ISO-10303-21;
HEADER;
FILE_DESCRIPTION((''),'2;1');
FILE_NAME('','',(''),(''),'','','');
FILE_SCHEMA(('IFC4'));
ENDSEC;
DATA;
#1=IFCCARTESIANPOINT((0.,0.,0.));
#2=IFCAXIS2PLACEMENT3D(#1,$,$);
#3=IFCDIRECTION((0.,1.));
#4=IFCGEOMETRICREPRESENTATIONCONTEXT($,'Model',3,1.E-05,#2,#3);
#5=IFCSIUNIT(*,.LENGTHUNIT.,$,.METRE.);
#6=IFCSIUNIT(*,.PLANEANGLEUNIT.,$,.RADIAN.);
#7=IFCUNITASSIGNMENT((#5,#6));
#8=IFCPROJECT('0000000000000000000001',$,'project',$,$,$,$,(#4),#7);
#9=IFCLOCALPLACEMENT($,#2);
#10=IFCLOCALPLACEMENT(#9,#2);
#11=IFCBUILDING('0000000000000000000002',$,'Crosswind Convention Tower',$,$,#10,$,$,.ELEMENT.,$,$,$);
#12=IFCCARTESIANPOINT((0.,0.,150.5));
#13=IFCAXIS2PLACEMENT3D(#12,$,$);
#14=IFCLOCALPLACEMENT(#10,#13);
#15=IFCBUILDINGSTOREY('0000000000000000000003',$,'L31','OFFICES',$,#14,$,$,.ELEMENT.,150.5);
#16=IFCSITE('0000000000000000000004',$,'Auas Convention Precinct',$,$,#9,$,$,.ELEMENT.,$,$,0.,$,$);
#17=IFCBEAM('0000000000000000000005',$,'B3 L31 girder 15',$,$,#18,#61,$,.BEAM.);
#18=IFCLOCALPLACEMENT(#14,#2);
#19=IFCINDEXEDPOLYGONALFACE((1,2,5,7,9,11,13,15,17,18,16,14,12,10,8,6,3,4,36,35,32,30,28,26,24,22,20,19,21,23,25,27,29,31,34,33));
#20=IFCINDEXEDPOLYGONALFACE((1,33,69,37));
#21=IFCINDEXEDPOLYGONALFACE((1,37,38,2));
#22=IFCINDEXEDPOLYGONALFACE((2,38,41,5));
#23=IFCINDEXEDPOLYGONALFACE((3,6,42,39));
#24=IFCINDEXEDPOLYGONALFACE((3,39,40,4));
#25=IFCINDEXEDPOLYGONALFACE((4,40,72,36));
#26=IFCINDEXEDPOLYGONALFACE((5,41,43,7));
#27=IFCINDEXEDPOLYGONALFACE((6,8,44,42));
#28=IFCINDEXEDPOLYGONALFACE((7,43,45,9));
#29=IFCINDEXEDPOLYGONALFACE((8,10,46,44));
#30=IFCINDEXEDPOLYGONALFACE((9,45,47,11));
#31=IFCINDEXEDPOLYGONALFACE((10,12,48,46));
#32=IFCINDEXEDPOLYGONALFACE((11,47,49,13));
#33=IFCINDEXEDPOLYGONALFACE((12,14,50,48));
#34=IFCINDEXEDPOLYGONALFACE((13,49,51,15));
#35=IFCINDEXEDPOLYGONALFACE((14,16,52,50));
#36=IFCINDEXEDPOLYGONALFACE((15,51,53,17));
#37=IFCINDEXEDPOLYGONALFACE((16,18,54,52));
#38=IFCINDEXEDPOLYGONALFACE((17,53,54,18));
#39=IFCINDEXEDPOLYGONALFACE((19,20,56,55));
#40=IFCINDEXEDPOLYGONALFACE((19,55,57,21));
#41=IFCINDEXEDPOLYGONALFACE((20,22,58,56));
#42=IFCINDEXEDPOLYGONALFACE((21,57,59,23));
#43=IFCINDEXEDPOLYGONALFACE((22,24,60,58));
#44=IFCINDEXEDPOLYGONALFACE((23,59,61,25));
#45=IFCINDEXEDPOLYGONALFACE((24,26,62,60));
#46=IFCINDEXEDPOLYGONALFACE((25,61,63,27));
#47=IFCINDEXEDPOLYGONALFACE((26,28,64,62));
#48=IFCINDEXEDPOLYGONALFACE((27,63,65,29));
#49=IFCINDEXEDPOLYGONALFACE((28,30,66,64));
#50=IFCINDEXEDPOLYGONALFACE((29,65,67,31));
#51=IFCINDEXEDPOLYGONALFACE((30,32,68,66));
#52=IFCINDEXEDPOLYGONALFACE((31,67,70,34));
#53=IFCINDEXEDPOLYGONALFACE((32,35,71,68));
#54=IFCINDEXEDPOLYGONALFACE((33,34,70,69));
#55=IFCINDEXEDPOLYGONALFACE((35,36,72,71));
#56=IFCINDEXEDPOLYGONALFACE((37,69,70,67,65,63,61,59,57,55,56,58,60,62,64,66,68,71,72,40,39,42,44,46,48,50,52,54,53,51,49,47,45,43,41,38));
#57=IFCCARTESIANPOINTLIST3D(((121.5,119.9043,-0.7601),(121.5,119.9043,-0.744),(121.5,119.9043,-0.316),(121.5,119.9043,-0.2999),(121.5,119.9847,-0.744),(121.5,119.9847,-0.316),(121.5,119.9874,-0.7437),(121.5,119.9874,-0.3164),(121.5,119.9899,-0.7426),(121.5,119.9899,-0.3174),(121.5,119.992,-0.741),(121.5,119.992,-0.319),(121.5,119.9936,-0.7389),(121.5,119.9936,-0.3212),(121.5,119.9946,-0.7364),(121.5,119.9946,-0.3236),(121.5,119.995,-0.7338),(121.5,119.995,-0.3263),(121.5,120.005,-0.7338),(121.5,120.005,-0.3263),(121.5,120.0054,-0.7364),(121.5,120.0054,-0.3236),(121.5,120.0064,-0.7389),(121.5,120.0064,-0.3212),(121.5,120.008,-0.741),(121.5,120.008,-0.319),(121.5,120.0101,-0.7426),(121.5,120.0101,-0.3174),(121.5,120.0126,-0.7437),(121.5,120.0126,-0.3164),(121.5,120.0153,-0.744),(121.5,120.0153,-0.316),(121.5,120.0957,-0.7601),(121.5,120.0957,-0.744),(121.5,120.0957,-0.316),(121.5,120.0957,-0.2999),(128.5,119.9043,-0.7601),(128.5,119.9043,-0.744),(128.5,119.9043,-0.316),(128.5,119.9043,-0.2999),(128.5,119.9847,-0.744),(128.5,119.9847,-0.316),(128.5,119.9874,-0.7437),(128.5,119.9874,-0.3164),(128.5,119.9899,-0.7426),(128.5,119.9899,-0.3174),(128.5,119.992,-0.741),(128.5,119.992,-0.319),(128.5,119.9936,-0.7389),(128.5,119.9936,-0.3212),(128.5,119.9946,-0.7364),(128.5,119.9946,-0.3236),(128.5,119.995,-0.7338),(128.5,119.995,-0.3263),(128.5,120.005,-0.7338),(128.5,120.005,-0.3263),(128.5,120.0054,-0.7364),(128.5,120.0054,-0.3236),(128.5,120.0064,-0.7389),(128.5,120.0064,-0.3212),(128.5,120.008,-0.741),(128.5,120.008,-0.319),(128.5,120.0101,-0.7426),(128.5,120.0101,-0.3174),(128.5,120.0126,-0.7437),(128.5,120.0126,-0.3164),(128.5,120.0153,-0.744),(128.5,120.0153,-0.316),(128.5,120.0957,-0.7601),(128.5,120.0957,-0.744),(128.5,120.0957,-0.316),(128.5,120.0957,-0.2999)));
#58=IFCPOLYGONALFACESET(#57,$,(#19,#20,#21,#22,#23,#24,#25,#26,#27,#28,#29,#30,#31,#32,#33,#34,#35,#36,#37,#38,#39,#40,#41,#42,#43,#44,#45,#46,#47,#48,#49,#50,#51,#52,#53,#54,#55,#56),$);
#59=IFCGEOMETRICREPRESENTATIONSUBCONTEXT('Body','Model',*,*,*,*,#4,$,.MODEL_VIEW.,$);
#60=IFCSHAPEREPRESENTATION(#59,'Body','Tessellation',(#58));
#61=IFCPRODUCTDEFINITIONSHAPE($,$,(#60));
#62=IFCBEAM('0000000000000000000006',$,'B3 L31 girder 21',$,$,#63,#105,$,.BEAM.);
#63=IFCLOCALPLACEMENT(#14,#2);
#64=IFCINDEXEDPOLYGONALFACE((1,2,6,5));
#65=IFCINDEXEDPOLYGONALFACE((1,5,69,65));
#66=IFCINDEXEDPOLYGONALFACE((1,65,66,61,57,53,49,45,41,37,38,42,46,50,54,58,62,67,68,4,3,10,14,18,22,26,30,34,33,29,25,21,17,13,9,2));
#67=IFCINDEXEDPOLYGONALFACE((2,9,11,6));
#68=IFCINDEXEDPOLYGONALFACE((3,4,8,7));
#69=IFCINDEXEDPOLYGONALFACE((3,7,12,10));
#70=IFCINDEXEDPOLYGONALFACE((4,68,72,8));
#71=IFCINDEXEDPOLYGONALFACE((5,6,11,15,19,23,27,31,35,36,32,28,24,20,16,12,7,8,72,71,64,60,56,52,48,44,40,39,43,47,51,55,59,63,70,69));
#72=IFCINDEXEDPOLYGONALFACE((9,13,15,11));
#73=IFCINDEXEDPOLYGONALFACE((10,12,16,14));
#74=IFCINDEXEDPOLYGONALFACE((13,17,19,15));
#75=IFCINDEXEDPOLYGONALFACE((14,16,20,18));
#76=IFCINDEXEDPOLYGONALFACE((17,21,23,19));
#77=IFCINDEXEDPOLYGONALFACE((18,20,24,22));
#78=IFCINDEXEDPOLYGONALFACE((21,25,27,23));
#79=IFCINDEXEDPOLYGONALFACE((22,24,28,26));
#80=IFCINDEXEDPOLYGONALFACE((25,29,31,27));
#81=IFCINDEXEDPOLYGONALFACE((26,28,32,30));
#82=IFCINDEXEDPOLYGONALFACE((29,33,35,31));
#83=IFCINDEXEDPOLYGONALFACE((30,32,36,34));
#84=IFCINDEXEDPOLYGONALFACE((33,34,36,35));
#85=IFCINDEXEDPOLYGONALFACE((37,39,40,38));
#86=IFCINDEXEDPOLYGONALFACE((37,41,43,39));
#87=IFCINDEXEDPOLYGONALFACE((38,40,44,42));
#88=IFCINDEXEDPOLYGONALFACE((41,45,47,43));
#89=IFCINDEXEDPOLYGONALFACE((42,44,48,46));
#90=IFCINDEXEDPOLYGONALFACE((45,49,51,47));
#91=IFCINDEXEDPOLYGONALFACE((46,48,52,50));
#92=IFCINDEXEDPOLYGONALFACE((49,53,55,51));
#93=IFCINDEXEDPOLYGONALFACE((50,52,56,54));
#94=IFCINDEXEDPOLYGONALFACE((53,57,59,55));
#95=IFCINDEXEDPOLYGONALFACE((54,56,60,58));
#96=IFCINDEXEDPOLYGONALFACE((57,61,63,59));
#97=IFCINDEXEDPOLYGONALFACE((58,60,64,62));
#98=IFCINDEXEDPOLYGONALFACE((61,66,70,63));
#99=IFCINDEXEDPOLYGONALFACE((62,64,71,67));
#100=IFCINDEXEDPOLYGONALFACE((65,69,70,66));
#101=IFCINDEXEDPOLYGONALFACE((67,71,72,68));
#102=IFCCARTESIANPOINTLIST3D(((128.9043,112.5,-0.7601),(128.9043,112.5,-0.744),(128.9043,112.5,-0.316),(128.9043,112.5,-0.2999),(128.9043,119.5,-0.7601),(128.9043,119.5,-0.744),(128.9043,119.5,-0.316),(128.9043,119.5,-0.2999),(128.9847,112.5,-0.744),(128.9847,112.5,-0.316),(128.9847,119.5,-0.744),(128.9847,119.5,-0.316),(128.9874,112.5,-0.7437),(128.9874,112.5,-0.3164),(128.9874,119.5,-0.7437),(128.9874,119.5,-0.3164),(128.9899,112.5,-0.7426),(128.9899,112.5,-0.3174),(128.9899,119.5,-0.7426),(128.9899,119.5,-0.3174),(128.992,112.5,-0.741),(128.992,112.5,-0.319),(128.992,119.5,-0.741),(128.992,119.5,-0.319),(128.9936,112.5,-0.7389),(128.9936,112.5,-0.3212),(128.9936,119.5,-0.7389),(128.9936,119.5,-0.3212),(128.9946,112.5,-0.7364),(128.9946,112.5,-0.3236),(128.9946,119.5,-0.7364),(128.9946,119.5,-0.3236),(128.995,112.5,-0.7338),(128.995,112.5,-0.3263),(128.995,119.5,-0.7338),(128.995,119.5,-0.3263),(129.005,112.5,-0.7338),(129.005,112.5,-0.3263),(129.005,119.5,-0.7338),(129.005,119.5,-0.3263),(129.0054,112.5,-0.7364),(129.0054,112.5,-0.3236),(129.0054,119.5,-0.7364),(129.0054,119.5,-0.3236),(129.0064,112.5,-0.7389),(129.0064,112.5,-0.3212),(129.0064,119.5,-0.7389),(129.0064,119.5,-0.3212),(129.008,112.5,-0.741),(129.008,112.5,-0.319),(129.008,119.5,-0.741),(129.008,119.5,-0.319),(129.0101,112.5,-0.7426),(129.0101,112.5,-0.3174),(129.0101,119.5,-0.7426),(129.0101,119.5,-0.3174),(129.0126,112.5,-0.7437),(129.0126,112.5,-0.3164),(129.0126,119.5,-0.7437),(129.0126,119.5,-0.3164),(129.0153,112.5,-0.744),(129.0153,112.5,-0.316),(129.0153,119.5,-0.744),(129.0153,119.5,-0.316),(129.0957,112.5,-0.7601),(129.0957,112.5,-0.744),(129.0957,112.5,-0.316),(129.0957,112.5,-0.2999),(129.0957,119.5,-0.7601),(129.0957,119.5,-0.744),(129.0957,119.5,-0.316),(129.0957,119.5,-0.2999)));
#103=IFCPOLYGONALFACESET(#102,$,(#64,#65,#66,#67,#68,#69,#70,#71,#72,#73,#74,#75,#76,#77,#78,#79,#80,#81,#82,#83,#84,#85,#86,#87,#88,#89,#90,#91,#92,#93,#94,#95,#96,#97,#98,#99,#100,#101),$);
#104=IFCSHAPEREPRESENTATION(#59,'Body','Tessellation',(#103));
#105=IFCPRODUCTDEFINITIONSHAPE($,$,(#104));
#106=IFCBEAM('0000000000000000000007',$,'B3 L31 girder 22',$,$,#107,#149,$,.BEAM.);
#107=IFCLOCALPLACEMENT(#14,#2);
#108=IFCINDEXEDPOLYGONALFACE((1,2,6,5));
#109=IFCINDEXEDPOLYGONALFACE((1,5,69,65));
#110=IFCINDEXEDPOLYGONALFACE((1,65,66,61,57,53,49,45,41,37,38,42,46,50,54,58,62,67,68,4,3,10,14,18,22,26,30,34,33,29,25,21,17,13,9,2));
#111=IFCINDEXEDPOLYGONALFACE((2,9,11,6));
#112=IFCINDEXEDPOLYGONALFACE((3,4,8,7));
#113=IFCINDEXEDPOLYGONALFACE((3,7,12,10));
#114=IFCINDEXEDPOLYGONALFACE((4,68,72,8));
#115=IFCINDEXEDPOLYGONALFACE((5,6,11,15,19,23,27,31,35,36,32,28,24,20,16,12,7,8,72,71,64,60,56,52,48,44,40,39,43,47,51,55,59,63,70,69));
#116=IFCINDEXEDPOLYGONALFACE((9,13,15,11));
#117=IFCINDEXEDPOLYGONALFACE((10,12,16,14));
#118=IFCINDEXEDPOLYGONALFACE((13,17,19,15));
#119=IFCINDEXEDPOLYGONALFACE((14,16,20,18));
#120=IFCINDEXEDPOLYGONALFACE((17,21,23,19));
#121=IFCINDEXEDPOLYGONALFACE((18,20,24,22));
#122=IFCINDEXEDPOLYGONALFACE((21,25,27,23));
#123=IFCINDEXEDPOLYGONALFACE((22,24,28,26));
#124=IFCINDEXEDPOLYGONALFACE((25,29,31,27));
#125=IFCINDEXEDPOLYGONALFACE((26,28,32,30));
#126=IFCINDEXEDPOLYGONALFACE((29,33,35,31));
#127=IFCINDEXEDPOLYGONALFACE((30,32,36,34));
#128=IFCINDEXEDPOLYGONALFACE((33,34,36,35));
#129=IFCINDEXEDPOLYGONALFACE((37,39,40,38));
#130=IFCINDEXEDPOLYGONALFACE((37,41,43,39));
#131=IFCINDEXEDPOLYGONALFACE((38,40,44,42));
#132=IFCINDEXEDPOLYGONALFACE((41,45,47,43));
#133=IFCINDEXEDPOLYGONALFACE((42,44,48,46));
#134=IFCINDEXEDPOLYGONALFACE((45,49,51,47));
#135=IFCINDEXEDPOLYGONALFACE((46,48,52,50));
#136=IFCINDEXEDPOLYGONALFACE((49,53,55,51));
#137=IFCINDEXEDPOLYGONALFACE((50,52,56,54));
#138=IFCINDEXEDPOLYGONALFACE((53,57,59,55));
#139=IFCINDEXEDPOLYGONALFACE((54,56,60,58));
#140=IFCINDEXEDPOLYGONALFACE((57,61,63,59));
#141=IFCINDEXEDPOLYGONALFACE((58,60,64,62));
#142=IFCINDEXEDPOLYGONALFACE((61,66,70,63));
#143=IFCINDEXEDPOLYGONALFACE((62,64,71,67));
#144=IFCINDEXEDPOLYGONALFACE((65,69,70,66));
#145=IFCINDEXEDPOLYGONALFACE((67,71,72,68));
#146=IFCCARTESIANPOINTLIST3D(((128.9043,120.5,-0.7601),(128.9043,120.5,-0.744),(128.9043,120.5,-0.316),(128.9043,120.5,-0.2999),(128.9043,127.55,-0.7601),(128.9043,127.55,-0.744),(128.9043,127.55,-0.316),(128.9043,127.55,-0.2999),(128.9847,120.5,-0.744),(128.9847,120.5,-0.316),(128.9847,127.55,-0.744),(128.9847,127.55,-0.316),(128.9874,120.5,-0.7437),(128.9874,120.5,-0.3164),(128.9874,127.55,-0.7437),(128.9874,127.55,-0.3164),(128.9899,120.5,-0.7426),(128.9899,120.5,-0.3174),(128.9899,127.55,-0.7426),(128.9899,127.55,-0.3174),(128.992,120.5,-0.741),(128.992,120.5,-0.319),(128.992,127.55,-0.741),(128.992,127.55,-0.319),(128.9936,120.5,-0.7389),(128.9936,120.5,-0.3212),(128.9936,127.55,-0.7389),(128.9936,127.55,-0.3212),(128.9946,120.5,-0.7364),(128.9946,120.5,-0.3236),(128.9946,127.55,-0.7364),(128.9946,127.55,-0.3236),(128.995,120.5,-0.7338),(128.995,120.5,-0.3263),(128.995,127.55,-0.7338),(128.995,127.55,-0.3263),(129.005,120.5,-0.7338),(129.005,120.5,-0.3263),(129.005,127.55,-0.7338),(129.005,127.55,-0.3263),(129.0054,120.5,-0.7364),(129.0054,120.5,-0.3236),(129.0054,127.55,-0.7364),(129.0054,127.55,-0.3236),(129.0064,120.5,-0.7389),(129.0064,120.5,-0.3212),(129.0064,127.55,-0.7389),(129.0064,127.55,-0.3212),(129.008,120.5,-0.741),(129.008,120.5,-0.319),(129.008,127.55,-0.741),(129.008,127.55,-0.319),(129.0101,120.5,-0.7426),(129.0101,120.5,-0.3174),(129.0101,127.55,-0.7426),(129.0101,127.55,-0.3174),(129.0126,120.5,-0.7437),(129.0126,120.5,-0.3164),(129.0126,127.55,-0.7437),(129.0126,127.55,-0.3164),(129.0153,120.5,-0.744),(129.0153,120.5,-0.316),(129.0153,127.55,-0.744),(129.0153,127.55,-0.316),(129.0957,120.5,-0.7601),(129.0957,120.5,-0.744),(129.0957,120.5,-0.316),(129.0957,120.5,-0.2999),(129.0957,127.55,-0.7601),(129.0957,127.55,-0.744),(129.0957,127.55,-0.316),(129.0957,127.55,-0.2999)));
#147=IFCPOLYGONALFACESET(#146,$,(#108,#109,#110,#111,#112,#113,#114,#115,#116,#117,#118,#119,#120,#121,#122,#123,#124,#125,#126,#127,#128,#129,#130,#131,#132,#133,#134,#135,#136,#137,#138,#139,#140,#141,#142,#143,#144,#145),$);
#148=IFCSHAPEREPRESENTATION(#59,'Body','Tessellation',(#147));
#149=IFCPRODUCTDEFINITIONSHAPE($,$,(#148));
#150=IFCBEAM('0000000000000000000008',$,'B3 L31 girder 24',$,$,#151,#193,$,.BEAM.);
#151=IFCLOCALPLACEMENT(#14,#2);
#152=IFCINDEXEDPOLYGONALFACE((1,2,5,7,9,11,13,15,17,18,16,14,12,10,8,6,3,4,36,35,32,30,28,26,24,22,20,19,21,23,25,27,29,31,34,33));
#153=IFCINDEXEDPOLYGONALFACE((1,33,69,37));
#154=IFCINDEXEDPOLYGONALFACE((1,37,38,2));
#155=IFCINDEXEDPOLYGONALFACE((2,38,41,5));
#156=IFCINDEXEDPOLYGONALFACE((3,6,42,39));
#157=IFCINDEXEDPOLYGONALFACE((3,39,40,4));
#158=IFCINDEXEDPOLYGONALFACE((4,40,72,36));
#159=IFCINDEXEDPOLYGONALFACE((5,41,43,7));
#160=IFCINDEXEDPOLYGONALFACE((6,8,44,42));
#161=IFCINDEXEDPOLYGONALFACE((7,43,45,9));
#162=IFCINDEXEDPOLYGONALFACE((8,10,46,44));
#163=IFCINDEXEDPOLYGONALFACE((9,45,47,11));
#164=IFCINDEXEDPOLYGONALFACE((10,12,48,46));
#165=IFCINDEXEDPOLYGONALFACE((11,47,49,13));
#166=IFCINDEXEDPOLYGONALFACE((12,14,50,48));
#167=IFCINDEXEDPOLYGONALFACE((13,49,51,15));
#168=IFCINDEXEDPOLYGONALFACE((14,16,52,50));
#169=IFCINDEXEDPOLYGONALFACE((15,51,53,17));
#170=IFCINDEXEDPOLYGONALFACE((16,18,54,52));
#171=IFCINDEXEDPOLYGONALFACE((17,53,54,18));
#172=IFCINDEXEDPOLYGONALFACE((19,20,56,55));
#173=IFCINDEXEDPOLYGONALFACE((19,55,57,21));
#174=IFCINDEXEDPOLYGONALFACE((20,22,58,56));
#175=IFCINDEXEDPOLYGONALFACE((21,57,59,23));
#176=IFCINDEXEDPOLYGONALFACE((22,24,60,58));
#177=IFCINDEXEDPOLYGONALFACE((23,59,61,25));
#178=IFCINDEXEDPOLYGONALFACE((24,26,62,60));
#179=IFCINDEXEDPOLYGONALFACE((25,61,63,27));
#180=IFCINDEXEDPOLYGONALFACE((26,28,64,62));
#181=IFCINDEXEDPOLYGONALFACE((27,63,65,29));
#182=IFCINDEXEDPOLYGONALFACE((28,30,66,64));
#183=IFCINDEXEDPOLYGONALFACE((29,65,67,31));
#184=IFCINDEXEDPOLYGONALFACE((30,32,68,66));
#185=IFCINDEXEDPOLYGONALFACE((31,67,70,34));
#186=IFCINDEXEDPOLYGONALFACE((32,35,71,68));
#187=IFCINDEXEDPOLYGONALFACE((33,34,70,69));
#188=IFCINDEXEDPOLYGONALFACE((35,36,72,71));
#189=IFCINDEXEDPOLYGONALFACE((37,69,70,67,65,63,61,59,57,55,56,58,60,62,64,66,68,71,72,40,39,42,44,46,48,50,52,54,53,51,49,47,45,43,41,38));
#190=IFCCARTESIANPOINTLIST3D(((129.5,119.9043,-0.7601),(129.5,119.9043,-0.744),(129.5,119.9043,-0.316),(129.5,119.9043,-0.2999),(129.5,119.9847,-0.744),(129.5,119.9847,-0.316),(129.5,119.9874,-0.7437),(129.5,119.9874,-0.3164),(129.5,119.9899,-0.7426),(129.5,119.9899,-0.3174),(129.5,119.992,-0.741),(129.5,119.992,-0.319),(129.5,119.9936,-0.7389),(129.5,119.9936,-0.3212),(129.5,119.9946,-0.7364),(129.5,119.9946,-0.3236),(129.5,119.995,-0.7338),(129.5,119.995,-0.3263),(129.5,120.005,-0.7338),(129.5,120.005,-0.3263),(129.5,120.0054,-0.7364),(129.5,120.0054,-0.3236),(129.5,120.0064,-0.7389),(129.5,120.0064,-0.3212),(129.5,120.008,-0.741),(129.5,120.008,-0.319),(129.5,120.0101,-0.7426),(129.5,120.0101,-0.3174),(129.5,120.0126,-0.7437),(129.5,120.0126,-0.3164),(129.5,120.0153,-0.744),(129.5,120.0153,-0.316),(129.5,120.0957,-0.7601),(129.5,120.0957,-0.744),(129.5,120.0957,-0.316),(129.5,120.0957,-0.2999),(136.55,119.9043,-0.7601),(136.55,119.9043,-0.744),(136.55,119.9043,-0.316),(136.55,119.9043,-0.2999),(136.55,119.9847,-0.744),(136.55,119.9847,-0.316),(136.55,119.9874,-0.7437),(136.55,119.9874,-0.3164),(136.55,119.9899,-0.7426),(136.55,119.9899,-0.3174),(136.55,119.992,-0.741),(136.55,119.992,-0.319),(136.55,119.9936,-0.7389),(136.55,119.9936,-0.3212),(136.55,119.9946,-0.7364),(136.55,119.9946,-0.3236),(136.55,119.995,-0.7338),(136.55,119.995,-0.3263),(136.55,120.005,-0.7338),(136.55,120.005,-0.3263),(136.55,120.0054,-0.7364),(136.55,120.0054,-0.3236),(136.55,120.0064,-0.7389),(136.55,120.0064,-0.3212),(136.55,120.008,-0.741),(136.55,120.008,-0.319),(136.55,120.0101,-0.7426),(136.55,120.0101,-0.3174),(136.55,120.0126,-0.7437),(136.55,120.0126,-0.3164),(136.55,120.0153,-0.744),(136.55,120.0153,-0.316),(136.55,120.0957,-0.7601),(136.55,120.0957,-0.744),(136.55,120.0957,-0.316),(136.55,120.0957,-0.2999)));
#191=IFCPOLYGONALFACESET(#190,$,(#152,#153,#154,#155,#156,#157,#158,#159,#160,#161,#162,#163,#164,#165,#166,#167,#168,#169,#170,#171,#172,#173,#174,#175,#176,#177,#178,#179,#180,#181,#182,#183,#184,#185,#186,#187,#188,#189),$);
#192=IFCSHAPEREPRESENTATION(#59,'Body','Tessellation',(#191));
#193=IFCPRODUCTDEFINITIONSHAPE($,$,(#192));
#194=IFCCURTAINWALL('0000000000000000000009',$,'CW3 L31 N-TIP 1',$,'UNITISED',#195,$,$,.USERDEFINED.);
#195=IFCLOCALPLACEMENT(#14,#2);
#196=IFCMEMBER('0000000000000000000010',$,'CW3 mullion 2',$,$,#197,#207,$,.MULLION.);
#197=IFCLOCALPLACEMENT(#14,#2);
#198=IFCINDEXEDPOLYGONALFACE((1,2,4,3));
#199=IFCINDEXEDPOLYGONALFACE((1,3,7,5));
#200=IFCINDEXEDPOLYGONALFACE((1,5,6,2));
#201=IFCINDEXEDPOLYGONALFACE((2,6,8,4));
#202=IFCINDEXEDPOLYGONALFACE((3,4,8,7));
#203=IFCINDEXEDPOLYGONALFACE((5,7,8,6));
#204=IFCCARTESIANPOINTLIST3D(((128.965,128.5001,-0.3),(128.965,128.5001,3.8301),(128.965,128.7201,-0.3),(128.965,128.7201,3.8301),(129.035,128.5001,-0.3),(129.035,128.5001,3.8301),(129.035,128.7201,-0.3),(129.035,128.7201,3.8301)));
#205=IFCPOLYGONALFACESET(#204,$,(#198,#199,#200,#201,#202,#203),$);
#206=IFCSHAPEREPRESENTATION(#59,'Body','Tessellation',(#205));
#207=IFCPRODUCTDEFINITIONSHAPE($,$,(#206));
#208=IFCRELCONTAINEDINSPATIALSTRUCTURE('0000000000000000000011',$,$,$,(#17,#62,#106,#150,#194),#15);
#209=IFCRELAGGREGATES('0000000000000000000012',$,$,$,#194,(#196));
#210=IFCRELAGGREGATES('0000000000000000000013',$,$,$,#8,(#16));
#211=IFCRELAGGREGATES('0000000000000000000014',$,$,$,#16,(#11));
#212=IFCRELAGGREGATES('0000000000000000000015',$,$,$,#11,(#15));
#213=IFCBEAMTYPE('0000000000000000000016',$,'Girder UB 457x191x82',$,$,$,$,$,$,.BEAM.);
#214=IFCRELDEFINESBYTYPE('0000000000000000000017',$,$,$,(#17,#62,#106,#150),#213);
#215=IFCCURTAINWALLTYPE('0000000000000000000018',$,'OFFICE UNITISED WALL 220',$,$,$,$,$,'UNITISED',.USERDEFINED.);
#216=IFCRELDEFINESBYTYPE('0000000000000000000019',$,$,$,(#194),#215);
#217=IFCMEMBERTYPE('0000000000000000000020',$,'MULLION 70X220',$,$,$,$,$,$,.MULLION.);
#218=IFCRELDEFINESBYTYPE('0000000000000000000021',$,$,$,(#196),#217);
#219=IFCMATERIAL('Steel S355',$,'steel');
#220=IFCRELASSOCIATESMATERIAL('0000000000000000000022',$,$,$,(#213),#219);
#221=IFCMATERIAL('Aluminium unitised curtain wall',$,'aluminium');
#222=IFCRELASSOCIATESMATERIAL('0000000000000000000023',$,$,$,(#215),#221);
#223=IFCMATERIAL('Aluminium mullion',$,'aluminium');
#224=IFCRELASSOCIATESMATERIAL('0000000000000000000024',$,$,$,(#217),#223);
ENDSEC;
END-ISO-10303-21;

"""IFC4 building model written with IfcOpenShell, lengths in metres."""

from ifc_helpers import new_model, si_unit, direction, frame, origin, origin_2d, place, context, subcontext, project, spatial, rectangle, i_section, extrude, material, material_profile, profile_set, type_object, element, aggregate, save


model = new_model("IFC4")

# Units and contexts
model_context = context("Model", 3, precision=1e-05, world=origin(), true_north=direction((0.0, 1.0)))
body_context = subcontext(model_context, "Body", "Model", "MODEL_VIEW")
ifc_project = project(units=[si_unit("LENGTHUNIT", "METRE"), si_unit("PLANEANGLEUNIT", "RADIAN")], contexts=[model_context])

# Site, building, storey
site_placement = place(None, origin())
site = spatial("IfcSite", under=ifc_project, at=site_placement, Name="Auas Convention Precinct", CompositionType="ELEMENT", RefElevation=0.0)
building_placement = place(site_placement, origin())
building = spatial("IfcBuilding", under=site, at=building_placement, Name="Crosswind Convention Tower", CompositionType="ELEMENT")
storey_placement = place(building_placement, frame((0.0, 0.0, 150.5)))
storey = spatial("IfcBuildingStorey", under=building, at=storey_placement, Name="L31", Description="OFFICES", CompositionType="ELEMENT", Elevation=150.5)

# Beams
ifc_material_1 = material(Name="Steel S355", Category="steel")
ifc_material_profile_1 = material_profile(ifc_material_1, i_section(OverallWidth=0.1914, OverallDepth=0.4602, WebThickness=0.01, FlangeThickness=0.0161, FilletRadius=0.0103, at=origin_2d()), Name="UB 457x191x82")
ifc_profile_set_1 = profile_set([ifc_material_profile_1], Name="Steel S355")
beam_type_1 = type_object("IfcBeamType", Name="Girder UB 457x191x82", PredefinedType="BEAM", material=ifc_profile_set_1)
for number, where, z_axis, x_axis, name in (
    (1, (121.5, 120.0, -0.53), (1.0, 0.0, 0.0), (0.0, 1.0, 0.0), "B3 L31 girder 15"),
    (2, (129.0, 112.5, -0.53), (0.0, 1.0, 0.0), (-1.0, 0.0, 0.0), "B3 L31 girder 21"),
):
    element("IfcBeam", number, at=place(storey_placement, frame(where, z_axis=z_axis, x_axis=x_axis)), inside=storey, type_object=beam_type_1, Name=name, PredefinedType="BEAM", context=body_context, shape_type="SweptSolid", body=[
        extrude(i_section(OverallWidth=0.1914, OverallDepth=0.4602, WebThickness=0.01, FlangeThickness=0.0161, FilletRadius=0.0103, at=origin_2d()), origin(), (0.0, 0.0, 1.0), 7.0),
    ])
for number, where, z_axis, x_axis, name in (
    (3, (129.0, 120.5, -0.53), (0.0, 1.0, 0.0), (-1.0, 0.0, 0.0), "B3 L31 girder 22"),
    (4, (129.5, 120.0, -0.53), (1.0, 0.0, 0.0), (0.0, 1.0, 0.0), "B3 L31 girder 24"),
):
    element("IfcBeam", number, at=place(storey_placement, frame(where, z_axis=z_axis, x_axis=x_axis)), inside=storey, type_object=beam_type_1, Name=name, PredefinedType="BEAM", context=body_context, shape_type="SweptSolid", body=[
        extrude(i_section(OverallWidth=0.1914, OverallDepth=0.4602, WebThickness=0.01, FlangeThickness=0.0161, FilletRadius=0.0103, at=origin_2d()), origin(), (0.0, 0.0, 1.0), 7.05),
    ])

# Curtain wall, member
ifc_material_2 = material(Name="Aluminium unitised curtain wall", Category="aluminium")
curtain_wall_type = type_object("IfcCurtainWallType", Name="OFFICE UNITISED WALL 220", ElementType="UNITISED", PredefinedType="USERDEFINED", material=ifc_material_2)
curtain_wall_placement = place(storey_placement, origin())
curtain_wall = element("IfcCurtainWall", 5, at=curtain_wall_placement, inside=storey, type_object=curtain_wall_type, Name="CW3 L31 N-TIP 1", ObjectType="UNITISED", PredefinedType="USERDEFINED")
ifc_material_3 = material(Name="Aluminium mullion", Category="aluminium")
ifc_material_profile_2 = material_profile(ifc_material_3, rectangle(XDim=0.22, YDim=0.0701, at=origin_2d()), Name="AL 220X70")
ifc_profile_set_2 = profile_set([ifc_material_profile_2], Name="Aluminium mullion")
member_type_1 = type_object("IfcMemberType", Name="MULLION 70X220", PredefinedType="MULLION", material=ifc_profile_set_2)
member_1_placement = place(storey_placement, frame((129.0, 128.6101, -0.3), z_axis=(0.0, 0.0, 1.0), x_axis=(0.0, 1.0, 0.0)))
member_1 = element("IfcMember", 6, at=member_1_placement, type_object=member_type_1, Name="CW3 mullion 2", PredefinedType="MULLION", context=body_context, shape_type="SweptSolid", body=[
    extrude(rectangle(XDim=0.22, YDim=0.0701, at=origin_2d()), origin(), (0.0, 0.0, 1.0), 4.1301),
])

aggregate(curtain_wall, [member_1])

save(model, "model.ifc")
